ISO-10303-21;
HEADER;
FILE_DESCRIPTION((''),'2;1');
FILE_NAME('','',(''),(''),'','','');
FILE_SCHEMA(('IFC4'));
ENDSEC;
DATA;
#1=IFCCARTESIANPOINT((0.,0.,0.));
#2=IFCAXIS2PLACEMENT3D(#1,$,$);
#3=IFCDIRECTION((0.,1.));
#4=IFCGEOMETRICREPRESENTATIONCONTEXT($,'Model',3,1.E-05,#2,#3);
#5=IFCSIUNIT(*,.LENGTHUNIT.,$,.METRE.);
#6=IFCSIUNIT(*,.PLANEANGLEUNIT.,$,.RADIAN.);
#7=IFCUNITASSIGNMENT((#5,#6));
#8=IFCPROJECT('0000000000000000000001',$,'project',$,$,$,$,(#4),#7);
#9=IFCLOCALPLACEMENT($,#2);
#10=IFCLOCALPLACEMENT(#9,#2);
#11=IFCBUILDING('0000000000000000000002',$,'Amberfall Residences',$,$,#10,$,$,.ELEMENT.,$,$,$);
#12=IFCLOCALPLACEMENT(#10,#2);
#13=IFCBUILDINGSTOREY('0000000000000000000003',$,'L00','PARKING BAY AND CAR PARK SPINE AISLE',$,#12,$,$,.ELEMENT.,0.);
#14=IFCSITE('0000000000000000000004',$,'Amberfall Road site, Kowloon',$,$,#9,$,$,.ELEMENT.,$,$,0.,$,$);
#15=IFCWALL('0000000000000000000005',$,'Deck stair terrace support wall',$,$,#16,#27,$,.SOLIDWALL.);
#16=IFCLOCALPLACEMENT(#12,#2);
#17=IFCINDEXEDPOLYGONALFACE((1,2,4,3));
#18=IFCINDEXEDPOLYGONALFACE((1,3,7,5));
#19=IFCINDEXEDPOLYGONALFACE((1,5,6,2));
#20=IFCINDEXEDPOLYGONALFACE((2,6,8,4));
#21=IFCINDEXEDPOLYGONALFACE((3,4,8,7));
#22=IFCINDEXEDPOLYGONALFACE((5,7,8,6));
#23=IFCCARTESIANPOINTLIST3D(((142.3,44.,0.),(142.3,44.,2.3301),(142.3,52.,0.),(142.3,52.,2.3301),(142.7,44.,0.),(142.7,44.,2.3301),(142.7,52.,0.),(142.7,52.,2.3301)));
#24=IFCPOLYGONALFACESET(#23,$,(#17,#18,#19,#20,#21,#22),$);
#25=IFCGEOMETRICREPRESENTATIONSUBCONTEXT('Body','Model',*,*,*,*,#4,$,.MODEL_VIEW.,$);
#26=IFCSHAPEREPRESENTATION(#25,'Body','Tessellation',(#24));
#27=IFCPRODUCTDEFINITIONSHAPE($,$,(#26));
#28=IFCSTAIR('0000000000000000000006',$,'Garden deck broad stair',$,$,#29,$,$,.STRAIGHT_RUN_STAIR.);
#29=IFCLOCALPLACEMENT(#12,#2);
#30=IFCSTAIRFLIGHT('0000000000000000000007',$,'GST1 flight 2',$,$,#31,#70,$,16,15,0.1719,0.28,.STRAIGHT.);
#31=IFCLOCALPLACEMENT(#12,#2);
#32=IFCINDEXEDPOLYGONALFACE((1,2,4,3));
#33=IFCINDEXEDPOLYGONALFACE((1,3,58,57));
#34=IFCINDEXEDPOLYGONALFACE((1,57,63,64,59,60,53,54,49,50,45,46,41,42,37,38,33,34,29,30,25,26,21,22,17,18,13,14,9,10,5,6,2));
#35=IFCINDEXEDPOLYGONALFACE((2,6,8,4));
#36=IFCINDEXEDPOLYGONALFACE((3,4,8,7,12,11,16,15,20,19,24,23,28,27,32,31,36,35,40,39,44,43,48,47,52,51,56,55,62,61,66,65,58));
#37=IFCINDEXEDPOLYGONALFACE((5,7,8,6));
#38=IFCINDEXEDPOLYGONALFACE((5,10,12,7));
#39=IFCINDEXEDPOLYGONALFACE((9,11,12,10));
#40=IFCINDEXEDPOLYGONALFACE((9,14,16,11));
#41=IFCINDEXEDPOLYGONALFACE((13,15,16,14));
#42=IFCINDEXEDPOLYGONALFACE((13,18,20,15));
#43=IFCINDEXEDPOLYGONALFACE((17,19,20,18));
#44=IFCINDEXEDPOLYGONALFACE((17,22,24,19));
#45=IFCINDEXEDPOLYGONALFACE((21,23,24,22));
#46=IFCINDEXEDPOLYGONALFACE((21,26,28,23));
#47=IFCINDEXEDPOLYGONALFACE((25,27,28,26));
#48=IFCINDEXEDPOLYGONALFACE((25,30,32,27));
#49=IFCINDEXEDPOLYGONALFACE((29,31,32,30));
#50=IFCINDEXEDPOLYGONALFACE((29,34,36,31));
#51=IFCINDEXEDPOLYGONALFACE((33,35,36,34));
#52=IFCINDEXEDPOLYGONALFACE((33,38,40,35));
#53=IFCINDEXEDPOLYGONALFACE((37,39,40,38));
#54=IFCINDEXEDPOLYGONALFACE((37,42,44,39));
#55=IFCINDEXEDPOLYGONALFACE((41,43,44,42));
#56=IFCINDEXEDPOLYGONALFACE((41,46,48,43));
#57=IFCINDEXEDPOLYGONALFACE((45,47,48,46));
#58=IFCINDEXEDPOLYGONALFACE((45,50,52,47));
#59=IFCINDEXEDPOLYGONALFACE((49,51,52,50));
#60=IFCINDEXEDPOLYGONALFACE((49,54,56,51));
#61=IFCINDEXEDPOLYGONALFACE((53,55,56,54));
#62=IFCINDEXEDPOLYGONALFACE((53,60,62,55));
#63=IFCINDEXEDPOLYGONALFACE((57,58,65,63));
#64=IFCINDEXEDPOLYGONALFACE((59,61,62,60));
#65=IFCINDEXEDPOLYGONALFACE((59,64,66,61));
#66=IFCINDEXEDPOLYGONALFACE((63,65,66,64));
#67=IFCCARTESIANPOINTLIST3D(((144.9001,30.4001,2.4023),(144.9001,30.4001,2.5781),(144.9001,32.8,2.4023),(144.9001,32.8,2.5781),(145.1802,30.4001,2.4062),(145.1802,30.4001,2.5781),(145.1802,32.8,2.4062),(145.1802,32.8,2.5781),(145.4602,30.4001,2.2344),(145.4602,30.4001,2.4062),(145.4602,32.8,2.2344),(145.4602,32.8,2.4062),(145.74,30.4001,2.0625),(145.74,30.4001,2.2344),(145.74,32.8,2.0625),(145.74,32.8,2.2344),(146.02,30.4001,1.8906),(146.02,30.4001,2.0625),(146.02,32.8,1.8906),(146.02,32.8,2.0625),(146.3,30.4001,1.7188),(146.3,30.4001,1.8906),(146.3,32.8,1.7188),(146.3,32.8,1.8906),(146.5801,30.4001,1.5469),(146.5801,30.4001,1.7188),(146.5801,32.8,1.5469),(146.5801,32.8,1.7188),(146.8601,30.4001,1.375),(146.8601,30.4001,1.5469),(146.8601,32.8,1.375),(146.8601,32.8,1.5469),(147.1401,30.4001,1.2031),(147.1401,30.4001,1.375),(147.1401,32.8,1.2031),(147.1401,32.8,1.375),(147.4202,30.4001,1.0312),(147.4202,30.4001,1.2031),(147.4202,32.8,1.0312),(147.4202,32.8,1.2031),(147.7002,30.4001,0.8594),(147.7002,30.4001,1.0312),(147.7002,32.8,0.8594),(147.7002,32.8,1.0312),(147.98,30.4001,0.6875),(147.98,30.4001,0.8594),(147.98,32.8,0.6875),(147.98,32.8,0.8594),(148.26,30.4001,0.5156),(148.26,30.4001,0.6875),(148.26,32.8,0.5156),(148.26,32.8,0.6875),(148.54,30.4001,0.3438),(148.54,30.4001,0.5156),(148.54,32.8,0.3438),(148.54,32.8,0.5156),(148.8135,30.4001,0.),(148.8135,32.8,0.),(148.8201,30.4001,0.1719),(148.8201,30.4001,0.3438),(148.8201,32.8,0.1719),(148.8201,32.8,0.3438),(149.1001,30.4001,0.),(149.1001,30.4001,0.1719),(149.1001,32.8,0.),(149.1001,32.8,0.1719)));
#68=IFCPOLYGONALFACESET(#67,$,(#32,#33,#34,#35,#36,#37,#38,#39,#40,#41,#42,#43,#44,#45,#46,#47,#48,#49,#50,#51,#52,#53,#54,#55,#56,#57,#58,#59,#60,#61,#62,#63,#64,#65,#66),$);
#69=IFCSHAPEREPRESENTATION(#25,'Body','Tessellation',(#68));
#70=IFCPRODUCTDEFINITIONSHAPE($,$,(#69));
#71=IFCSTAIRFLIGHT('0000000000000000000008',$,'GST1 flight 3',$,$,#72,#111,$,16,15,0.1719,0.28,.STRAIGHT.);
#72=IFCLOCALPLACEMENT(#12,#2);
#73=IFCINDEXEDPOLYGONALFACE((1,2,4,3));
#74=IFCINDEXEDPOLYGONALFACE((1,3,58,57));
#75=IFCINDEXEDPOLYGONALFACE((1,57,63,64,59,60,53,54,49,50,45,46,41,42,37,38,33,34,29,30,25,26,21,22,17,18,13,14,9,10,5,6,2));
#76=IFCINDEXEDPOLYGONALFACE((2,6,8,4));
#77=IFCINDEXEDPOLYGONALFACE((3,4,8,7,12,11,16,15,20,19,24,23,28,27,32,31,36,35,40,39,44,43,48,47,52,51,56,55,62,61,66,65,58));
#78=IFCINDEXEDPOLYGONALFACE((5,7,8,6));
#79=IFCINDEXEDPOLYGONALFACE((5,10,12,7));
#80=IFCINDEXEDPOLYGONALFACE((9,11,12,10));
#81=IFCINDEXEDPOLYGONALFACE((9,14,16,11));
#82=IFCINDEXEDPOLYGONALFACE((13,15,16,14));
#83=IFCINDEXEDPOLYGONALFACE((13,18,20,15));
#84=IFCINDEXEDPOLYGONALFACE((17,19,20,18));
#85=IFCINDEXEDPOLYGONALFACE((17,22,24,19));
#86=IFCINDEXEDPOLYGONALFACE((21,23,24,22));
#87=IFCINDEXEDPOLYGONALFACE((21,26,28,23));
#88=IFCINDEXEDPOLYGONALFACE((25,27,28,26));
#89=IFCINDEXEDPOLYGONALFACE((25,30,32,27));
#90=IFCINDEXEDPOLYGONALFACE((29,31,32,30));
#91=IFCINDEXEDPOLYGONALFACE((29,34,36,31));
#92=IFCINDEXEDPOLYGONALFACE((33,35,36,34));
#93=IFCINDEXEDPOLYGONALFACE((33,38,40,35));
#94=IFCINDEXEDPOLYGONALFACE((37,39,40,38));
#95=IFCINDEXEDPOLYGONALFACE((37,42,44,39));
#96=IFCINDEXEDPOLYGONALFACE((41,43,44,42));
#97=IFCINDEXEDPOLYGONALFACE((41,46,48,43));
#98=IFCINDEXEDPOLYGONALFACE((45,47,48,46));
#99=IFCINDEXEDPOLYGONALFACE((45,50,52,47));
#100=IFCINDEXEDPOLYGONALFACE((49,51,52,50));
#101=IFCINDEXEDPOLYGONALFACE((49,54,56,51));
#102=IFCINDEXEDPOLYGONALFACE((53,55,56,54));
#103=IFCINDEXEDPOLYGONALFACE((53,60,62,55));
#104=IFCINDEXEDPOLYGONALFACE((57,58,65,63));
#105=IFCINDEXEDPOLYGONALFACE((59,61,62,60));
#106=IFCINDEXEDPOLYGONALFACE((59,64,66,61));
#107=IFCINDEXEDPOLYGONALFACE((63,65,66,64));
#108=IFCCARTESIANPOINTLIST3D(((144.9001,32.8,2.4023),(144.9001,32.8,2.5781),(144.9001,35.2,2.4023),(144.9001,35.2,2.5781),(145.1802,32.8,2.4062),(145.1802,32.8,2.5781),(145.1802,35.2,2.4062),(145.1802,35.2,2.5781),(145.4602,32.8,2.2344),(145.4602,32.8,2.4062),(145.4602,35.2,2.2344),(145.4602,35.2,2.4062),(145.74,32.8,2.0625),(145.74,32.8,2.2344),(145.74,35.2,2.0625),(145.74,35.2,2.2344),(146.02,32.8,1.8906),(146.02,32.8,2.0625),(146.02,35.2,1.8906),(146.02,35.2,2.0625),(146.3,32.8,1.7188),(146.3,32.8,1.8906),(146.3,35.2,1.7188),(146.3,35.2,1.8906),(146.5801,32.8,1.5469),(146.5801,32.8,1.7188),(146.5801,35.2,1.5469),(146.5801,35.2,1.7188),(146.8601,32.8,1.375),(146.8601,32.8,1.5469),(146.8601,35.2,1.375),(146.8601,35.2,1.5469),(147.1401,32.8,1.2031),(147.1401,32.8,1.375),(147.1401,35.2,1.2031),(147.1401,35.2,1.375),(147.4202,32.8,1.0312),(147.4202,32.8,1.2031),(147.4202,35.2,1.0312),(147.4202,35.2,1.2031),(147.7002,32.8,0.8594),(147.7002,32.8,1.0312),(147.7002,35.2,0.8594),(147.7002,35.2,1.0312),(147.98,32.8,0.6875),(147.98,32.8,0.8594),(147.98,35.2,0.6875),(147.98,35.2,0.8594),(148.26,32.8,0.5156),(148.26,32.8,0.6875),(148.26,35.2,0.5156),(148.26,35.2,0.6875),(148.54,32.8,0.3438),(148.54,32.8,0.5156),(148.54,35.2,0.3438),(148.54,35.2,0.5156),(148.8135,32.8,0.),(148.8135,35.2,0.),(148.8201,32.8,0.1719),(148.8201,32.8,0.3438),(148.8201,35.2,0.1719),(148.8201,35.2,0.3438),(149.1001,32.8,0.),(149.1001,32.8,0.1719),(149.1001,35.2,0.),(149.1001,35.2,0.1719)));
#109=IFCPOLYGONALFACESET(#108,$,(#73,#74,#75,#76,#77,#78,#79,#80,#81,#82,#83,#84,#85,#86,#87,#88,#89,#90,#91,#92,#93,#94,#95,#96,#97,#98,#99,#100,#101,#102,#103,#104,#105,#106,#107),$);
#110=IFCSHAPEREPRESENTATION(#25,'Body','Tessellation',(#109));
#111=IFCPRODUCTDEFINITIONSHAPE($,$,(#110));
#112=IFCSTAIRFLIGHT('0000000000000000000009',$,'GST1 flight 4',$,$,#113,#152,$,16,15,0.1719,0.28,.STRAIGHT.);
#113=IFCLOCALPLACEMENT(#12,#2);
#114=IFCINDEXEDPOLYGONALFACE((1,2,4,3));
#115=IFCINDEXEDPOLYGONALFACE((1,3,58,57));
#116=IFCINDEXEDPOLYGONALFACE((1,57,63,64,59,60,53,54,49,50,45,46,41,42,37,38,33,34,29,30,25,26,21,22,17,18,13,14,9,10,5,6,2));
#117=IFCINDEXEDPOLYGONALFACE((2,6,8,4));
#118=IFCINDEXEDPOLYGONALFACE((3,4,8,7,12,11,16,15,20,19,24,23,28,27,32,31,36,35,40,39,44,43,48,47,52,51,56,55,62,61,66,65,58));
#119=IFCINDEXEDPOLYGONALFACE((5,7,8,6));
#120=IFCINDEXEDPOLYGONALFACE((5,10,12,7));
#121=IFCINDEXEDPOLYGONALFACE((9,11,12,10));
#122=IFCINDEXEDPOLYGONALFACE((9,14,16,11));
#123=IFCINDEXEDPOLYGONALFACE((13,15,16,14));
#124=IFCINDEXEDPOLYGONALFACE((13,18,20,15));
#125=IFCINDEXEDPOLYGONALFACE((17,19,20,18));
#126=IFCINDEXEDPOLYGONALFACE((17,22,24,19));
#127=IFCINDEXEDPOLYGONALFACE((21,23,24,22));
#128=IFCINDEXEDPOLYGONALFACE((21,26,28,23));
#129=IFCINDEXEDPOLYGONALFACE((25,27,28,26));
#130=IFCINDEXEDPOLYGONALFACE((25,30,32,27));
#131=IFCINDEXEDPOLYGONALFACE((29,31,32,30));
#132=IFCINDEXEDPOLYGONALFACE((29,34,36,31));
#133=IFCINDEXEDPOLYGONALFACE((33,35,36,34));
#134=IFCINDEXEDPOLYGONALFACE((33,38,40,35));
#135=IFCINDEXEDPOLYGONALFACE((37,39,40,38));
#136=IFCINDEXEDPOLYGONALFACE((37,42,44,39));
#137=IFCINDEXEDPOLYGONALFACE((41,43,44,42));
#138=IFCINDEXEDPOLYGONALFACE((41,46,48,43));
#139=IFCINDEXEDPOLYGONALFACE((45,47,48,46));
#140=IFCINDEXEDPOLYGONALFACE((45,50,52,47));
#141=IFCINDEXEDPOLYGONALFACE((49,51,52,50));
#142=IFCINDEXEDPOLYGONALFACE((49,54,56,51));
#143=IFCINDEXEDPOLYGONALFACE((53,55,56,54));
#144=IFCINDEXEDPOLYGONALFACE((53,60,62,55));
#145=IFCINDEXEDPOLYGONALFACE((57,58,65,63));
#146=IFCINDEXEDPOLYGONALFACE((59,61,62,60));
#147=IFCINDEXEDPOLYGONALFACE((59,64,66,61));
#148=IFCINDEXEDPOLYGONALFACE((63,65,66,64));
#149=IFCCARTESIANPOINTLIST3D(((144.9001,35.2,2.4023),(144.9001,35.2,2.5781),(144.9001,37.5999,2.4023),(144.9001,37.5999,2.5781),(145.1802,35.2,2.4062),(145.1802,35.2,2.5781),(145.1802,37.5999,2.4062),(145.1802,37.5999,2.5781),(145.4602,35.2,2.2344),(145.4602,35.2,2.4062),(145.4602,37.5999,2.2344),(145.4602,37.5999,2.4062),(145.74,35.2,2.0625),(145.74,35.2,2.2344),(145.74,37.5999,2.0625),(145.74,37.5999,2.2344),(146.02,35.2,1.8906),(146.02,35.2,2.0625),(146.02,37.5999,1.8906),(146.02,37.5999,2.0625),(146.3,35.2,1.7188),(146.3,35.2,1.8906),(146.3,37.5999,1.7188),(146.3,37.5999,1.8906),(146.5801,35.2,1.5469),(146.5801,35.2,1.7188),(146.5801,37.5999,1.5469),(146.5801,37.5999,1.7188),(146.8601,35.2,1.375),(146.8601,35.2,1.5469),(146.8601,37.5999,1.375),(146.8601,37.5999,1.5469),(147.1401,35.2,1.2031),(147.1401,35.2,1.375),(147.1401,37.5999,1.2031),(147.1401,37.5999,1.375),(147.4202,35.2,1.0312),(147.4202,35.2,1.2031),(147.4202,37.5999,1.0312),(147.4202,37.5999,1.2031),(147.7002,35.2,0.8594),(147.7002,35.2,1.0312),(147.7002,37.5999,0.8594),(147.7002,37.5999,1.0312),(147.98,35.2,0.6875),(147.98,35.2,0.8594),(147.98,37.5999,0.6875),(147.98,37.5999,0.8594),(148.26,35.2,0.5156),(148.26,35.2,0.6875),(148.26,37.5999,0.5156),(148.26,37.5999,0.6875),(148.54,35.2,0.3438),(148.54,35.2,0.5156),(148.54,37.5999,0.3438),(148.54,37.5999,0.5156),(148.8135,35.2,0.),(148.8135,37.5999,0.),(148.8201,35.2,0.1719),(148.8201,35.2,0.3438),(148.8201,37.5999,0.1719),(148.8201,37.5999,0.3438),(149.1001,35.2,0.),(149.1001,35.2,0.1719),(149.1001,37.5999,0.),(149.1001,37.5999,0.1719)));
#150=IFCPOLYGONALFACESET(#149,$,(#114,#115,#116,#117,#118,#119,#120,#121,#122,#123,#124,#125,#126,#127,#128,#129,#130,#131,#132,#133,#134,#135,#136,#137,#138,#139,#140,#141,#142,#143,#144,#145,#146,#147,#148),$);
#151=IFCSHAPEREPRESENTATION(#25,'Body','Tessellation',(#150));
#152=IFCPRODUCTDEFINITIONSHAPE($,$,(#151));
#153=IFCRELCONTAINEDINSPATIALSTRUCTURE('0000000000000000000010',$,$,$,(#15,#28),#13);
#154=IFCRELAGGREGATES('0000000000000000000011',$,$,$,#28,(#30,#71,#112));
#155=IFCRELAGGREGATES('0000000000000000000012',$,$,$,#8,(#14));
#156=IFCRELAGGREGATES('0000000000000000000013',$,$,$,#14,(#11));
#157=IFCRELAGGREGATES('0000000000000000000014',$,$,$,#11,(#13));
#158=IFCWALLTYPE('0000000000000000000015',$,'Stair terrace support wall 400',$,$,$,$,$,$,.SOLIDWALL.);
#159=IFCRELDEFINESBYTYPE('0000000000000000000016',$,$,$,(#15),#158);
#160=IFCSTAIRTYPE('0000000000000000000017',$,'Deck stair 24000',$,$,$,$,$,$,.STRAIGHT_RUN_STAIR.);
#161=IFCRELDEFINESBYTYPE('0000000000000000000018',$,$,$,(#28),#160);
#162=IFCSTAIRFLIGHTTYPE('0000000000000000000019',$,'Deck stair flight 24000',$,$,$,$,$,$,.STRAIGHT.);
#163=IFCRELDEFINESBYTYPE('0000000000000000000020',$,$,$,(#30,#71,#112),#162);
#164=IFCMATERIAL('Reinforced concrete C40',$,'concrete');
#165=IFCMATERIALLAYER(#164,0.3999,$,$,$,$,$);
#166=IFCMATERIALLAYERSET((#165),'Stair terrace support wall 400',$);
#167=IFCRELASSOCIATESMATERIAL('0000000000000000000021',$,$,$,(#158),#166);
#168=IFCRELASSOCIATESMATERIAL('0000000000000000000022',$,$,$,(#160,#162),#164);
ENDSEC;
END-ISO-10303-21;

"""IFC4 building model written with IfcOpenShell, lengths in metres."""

from ifc_helpers import new_model, si_unit, direction, frame, frame_2d, origin, place, context, subcontext, project, spatial, polyline, rectangle, outline, extrude, material, layer, layer_set, type_object, element, aggregate, save


model = new_model("IFC4")

# Units and contexts
model_context = context("Model", 3, precision=1e-05, world=origin(), true_north=direction((0.0, 1.0)))
body_context = subcontext(model_context, "Body", "Model", "MODEL_VIEW")
ifc_project = project(units=[si_unit("LENGTHUNIT", "METRE"), si_unit("PLANEANGLEUNIT", "RADIAN")], contexts=[model_context])

# Site, building, storey
site_placement = place(None, origin())
site = spatial("IfcSite", under=ifc_project, at=site_placement, Name="Amberfall Road site, Kowloon", CompositionType="ELEMENT", RefElevation=0.0)
building_placement = place(site_placement, origin())
building = spatial("IfcBuilding", under=site, at=building_placement, Name="Amberfall Residences", CompositionType="ELEMENT")
storey_placement = place(building_placement, origin())
storey = spatial("IfcBuildingStorey", under=building, at=storey_placement, Name="L00", Description="PARKING BAY AND CAR PARK SPINE AISLE", CompositionType="ELEMENT", Elevation=0.0)

# Wall
ifc_material_1 = material(Name="Reinforced concrete C40", Category="concrete")
ifc_layer_1 = layer(ifc_material_1, 0.3999)
ifc_layer_set_1 = layer_set([ifc_layer_1], Name="Stair terrace support wall 400")
wall_type_1 = type_object("IfcWallType", Name="Stair terrace support wall 400", PredefinedType="SOLIDWALL", material=ifc_layer_set_1)
for number, where, z_axis, x_axis, name in (
    (1, (142.5, 44.0, 0.0), (0.0, 0.0, 1.0), (0.0, 1.0, 0.0), "Deck stair terrace support wall"),
):
    element("IfcWall", number, at=place(storey_placement, frame(where, z_axis=z_axis, x_axis=x_axis)), inside=storey, type_object=wall_type_1, Name=name, PredefinedType="SOLIDWALL", context=body_context, shape_type="SweptSolid", body=[
        extrude(rectangle(XDim=8.0, YDim=0.3999, at=frame_2d((4.0, 0.0))), origin(), (0.0, 0.0, 1.0), 2.3301),
    ])

# Stair, stair flights
stair_type = type_object("IfcStairType", Name="Deck stair 24000", PredefinedType="STRAIGHT_RUN_STAIR", material=ifc_material_1)
stair_placement = place(storey_placement, origin())
stair = element("IfcStair", 2, at=stair_placement, inside=storey, type_object=stair_type, Name="Garden deck broad stair", PredefinedType="STRAIGHT_RUN_STAIR")
stair_flight_type = type_object("IfcStairFlightType", Name="Deck stair flight 24000", PredefinedType="STRAIGHT", material=ifc_material_1)
stair_flight_1_placement = place(storey_placement, frame((149.1001, 31.6001, 0.0), z_axis=(0.0, 0.0, 1.0), x_axis=(-1.0, 0.0, 0.0)))
stair_flight_1 = element("IfcStairFlight", 3, at=stair_flight_1_placement, type_object=stair_flight_type, Name="GST1 flight 2", NumberOfRisers=16, NumberOfTreads=15, PredefinedType="STRAIGHT", RiserHeight=0.1719, TreadLength=0.28, context=body_context, shape_type="SweptSolid", body=[
    extrude(outline(polyline([(0.0, 0.0), (0.0, 0.1719), (0.28, 0.1719), (0.28, 0.3438), (0.5601, 0.3438), (0.5601, 0.5156), (0.8401, 0.5156), (0.8401, 0.6875), (1.1201, 0.6875), (1.1201, 0.8594), (1.3999, 0.8594), (1.3999, 1.0312), (1.6799, 1.0312), (1.6799, 1.2031), (1.96, 1.2031), (1.96, 1.375), (2.24, 1.375), (2.24, 1.5469), (2.52, 1.5469), (2.52, 1.7188), (2.8, 1.7188), (2.8, 1.8906), (3.0801, 1.8906), (3.0801, 2.0625), (3.3601, 2.0625), (3.3601, 2.2344), (3.6399, 2.2344), (3.6399, 2.4062), (3.9199, 2.4062), (3.9199, 2.5781), (4.2, 2.5781), (4.2, 2.75), (4.2, 2.4023), (0.2866, 0.0), (0.0, 0.0)])), frame((0.0, 1.2, 0.0), z_axis=(0.0, -1.0, 0.0), x_axis=(1.0, 0.0, 0.0)), (0.0, 0.0, 1.0), 2.3999),
])
stair_flight_2_placement = place(storey_placement, frame((149.1001, 34.0, 0.0), z_axis=(0.0, 0.0, 1.0), x_axis=(-1.0, 0.0, 0.0)))
stair_flight_2 = element("IfcStairFlight", 4, at=stair_flight_2_placement, type_object=stair_flight_type, Name="GST1 flight 3", NumberOfRisers=16, NumberOfTreads=15, PredefinedType="STRAIGHT", RiserHeight=0.1719, TreadLength=0.28, context=body_context, shape_type="SweptSolid", body=[
    extrude(outline(polyline([(0.0, 0.0), (0.0, 0.1719), (0.28, 0.1719), (0.28, 0.3438), (0.5601, 0.3438), (0.5601, 0.5156), (0.8401, 0.5156), (0.8401, 0.6875), (1.1201, 0.6875), (1.1201, 0.8594), (1.3999, 0.8594), (1.3999, 1.0312), (1.6799, 1.0312), (1.6799, 1.2031), (1.96, 1.2031), (1.96, 1.375), (2.24, 1.375), (2.24, 1.5469), (2.52, 1.5469), (2.52, 1.7188), (2.8, 1.7188), (2.8, 1.8906), (3.0801, 1.8906), (3.0801, 2.0625), (3.3601, 2.0625), (3.3601, 2.2344), (3.6399, 2.2344), (3.6399, 2.4062), (3.9199, 2.4062), (3.9199, 2.5781), (4.2, 2.5781), (4.2, 2.75), (4.2, 2.4023), (0.2866, 0.0), (0.0, 0.0)])), frame((0.0, 1.2, 0.0), z_axis=(0.0, -1.0, 0.0), x_axis=(1.0, 0.0, 0.0)), (0.0, 0.0, 1.0), 2.3999),
])
stair_flight_3_placement = place(storey_placement, frame((149.1001, 36.3999, 0.0), z_axis=(0.0, 0.0, 1.0), x_axis=(-1.0, 0.0, 0.0)))
stair_flight_3 = element("IfcStairFlight", 5, at=stair_flight_3_placement, type_object=stair_flight_type, Name="GST1 flight 4", NumberOfRisers=16, NumberOfTreads=15, PredefinedType="STRAIGHT", RiserHeight=0.1719, TreadLength=0.28, context=body_context, shape_type="SweptSolid", body=[
    extrude(outline(polyline([(0.0, 0.0), (0.0, 0.1719), (0.28, 0.1719), (0.28, 0.3438), (0.5601, 0.3438), (0.5601, 0.5156), (0.8401, 0.5156), (0.8401, 0.6875), (1.1201, 0.6875), (1.1201, 0.8594), (1.3999, 0.8594), (1.3999, 1.0312), (1.6799, 1.0312), (1.6799, 1.2031), (1.96, 1.2031), (1.96, 1.375), (2.24, 1.375), (2.24, 1.5469), (2.52, 1.5469), (2.52, 1.7188), (2.8, 1.7188), (2.8, 1.8906), (3.0801, 1.8906), (3.0801, 2.0625), (3.3601, 2.0625), (3.3601, 2.2344), (3.6399, 2.2344), (3.6399, 2.4062), (3.9199, 2.4062), (3.9199, 2.5781), (4.2, 2.5781), (4.2, 2.75), (4.2, 2.4023), (0.2866, 0.0), (0.0, 0.0)])), frame((0.0, 1.2, 0.0), z_axis=(0.0, -1.0, 0.0), x_axis=(1.0, 0.0, 0.0)), (0.0, 0.0, 1.0), 2.3999),
])
aggregate(stair, [stair_flight_1, stair_flight_2, stair_flight_3])

save(model, "model.ifc")
